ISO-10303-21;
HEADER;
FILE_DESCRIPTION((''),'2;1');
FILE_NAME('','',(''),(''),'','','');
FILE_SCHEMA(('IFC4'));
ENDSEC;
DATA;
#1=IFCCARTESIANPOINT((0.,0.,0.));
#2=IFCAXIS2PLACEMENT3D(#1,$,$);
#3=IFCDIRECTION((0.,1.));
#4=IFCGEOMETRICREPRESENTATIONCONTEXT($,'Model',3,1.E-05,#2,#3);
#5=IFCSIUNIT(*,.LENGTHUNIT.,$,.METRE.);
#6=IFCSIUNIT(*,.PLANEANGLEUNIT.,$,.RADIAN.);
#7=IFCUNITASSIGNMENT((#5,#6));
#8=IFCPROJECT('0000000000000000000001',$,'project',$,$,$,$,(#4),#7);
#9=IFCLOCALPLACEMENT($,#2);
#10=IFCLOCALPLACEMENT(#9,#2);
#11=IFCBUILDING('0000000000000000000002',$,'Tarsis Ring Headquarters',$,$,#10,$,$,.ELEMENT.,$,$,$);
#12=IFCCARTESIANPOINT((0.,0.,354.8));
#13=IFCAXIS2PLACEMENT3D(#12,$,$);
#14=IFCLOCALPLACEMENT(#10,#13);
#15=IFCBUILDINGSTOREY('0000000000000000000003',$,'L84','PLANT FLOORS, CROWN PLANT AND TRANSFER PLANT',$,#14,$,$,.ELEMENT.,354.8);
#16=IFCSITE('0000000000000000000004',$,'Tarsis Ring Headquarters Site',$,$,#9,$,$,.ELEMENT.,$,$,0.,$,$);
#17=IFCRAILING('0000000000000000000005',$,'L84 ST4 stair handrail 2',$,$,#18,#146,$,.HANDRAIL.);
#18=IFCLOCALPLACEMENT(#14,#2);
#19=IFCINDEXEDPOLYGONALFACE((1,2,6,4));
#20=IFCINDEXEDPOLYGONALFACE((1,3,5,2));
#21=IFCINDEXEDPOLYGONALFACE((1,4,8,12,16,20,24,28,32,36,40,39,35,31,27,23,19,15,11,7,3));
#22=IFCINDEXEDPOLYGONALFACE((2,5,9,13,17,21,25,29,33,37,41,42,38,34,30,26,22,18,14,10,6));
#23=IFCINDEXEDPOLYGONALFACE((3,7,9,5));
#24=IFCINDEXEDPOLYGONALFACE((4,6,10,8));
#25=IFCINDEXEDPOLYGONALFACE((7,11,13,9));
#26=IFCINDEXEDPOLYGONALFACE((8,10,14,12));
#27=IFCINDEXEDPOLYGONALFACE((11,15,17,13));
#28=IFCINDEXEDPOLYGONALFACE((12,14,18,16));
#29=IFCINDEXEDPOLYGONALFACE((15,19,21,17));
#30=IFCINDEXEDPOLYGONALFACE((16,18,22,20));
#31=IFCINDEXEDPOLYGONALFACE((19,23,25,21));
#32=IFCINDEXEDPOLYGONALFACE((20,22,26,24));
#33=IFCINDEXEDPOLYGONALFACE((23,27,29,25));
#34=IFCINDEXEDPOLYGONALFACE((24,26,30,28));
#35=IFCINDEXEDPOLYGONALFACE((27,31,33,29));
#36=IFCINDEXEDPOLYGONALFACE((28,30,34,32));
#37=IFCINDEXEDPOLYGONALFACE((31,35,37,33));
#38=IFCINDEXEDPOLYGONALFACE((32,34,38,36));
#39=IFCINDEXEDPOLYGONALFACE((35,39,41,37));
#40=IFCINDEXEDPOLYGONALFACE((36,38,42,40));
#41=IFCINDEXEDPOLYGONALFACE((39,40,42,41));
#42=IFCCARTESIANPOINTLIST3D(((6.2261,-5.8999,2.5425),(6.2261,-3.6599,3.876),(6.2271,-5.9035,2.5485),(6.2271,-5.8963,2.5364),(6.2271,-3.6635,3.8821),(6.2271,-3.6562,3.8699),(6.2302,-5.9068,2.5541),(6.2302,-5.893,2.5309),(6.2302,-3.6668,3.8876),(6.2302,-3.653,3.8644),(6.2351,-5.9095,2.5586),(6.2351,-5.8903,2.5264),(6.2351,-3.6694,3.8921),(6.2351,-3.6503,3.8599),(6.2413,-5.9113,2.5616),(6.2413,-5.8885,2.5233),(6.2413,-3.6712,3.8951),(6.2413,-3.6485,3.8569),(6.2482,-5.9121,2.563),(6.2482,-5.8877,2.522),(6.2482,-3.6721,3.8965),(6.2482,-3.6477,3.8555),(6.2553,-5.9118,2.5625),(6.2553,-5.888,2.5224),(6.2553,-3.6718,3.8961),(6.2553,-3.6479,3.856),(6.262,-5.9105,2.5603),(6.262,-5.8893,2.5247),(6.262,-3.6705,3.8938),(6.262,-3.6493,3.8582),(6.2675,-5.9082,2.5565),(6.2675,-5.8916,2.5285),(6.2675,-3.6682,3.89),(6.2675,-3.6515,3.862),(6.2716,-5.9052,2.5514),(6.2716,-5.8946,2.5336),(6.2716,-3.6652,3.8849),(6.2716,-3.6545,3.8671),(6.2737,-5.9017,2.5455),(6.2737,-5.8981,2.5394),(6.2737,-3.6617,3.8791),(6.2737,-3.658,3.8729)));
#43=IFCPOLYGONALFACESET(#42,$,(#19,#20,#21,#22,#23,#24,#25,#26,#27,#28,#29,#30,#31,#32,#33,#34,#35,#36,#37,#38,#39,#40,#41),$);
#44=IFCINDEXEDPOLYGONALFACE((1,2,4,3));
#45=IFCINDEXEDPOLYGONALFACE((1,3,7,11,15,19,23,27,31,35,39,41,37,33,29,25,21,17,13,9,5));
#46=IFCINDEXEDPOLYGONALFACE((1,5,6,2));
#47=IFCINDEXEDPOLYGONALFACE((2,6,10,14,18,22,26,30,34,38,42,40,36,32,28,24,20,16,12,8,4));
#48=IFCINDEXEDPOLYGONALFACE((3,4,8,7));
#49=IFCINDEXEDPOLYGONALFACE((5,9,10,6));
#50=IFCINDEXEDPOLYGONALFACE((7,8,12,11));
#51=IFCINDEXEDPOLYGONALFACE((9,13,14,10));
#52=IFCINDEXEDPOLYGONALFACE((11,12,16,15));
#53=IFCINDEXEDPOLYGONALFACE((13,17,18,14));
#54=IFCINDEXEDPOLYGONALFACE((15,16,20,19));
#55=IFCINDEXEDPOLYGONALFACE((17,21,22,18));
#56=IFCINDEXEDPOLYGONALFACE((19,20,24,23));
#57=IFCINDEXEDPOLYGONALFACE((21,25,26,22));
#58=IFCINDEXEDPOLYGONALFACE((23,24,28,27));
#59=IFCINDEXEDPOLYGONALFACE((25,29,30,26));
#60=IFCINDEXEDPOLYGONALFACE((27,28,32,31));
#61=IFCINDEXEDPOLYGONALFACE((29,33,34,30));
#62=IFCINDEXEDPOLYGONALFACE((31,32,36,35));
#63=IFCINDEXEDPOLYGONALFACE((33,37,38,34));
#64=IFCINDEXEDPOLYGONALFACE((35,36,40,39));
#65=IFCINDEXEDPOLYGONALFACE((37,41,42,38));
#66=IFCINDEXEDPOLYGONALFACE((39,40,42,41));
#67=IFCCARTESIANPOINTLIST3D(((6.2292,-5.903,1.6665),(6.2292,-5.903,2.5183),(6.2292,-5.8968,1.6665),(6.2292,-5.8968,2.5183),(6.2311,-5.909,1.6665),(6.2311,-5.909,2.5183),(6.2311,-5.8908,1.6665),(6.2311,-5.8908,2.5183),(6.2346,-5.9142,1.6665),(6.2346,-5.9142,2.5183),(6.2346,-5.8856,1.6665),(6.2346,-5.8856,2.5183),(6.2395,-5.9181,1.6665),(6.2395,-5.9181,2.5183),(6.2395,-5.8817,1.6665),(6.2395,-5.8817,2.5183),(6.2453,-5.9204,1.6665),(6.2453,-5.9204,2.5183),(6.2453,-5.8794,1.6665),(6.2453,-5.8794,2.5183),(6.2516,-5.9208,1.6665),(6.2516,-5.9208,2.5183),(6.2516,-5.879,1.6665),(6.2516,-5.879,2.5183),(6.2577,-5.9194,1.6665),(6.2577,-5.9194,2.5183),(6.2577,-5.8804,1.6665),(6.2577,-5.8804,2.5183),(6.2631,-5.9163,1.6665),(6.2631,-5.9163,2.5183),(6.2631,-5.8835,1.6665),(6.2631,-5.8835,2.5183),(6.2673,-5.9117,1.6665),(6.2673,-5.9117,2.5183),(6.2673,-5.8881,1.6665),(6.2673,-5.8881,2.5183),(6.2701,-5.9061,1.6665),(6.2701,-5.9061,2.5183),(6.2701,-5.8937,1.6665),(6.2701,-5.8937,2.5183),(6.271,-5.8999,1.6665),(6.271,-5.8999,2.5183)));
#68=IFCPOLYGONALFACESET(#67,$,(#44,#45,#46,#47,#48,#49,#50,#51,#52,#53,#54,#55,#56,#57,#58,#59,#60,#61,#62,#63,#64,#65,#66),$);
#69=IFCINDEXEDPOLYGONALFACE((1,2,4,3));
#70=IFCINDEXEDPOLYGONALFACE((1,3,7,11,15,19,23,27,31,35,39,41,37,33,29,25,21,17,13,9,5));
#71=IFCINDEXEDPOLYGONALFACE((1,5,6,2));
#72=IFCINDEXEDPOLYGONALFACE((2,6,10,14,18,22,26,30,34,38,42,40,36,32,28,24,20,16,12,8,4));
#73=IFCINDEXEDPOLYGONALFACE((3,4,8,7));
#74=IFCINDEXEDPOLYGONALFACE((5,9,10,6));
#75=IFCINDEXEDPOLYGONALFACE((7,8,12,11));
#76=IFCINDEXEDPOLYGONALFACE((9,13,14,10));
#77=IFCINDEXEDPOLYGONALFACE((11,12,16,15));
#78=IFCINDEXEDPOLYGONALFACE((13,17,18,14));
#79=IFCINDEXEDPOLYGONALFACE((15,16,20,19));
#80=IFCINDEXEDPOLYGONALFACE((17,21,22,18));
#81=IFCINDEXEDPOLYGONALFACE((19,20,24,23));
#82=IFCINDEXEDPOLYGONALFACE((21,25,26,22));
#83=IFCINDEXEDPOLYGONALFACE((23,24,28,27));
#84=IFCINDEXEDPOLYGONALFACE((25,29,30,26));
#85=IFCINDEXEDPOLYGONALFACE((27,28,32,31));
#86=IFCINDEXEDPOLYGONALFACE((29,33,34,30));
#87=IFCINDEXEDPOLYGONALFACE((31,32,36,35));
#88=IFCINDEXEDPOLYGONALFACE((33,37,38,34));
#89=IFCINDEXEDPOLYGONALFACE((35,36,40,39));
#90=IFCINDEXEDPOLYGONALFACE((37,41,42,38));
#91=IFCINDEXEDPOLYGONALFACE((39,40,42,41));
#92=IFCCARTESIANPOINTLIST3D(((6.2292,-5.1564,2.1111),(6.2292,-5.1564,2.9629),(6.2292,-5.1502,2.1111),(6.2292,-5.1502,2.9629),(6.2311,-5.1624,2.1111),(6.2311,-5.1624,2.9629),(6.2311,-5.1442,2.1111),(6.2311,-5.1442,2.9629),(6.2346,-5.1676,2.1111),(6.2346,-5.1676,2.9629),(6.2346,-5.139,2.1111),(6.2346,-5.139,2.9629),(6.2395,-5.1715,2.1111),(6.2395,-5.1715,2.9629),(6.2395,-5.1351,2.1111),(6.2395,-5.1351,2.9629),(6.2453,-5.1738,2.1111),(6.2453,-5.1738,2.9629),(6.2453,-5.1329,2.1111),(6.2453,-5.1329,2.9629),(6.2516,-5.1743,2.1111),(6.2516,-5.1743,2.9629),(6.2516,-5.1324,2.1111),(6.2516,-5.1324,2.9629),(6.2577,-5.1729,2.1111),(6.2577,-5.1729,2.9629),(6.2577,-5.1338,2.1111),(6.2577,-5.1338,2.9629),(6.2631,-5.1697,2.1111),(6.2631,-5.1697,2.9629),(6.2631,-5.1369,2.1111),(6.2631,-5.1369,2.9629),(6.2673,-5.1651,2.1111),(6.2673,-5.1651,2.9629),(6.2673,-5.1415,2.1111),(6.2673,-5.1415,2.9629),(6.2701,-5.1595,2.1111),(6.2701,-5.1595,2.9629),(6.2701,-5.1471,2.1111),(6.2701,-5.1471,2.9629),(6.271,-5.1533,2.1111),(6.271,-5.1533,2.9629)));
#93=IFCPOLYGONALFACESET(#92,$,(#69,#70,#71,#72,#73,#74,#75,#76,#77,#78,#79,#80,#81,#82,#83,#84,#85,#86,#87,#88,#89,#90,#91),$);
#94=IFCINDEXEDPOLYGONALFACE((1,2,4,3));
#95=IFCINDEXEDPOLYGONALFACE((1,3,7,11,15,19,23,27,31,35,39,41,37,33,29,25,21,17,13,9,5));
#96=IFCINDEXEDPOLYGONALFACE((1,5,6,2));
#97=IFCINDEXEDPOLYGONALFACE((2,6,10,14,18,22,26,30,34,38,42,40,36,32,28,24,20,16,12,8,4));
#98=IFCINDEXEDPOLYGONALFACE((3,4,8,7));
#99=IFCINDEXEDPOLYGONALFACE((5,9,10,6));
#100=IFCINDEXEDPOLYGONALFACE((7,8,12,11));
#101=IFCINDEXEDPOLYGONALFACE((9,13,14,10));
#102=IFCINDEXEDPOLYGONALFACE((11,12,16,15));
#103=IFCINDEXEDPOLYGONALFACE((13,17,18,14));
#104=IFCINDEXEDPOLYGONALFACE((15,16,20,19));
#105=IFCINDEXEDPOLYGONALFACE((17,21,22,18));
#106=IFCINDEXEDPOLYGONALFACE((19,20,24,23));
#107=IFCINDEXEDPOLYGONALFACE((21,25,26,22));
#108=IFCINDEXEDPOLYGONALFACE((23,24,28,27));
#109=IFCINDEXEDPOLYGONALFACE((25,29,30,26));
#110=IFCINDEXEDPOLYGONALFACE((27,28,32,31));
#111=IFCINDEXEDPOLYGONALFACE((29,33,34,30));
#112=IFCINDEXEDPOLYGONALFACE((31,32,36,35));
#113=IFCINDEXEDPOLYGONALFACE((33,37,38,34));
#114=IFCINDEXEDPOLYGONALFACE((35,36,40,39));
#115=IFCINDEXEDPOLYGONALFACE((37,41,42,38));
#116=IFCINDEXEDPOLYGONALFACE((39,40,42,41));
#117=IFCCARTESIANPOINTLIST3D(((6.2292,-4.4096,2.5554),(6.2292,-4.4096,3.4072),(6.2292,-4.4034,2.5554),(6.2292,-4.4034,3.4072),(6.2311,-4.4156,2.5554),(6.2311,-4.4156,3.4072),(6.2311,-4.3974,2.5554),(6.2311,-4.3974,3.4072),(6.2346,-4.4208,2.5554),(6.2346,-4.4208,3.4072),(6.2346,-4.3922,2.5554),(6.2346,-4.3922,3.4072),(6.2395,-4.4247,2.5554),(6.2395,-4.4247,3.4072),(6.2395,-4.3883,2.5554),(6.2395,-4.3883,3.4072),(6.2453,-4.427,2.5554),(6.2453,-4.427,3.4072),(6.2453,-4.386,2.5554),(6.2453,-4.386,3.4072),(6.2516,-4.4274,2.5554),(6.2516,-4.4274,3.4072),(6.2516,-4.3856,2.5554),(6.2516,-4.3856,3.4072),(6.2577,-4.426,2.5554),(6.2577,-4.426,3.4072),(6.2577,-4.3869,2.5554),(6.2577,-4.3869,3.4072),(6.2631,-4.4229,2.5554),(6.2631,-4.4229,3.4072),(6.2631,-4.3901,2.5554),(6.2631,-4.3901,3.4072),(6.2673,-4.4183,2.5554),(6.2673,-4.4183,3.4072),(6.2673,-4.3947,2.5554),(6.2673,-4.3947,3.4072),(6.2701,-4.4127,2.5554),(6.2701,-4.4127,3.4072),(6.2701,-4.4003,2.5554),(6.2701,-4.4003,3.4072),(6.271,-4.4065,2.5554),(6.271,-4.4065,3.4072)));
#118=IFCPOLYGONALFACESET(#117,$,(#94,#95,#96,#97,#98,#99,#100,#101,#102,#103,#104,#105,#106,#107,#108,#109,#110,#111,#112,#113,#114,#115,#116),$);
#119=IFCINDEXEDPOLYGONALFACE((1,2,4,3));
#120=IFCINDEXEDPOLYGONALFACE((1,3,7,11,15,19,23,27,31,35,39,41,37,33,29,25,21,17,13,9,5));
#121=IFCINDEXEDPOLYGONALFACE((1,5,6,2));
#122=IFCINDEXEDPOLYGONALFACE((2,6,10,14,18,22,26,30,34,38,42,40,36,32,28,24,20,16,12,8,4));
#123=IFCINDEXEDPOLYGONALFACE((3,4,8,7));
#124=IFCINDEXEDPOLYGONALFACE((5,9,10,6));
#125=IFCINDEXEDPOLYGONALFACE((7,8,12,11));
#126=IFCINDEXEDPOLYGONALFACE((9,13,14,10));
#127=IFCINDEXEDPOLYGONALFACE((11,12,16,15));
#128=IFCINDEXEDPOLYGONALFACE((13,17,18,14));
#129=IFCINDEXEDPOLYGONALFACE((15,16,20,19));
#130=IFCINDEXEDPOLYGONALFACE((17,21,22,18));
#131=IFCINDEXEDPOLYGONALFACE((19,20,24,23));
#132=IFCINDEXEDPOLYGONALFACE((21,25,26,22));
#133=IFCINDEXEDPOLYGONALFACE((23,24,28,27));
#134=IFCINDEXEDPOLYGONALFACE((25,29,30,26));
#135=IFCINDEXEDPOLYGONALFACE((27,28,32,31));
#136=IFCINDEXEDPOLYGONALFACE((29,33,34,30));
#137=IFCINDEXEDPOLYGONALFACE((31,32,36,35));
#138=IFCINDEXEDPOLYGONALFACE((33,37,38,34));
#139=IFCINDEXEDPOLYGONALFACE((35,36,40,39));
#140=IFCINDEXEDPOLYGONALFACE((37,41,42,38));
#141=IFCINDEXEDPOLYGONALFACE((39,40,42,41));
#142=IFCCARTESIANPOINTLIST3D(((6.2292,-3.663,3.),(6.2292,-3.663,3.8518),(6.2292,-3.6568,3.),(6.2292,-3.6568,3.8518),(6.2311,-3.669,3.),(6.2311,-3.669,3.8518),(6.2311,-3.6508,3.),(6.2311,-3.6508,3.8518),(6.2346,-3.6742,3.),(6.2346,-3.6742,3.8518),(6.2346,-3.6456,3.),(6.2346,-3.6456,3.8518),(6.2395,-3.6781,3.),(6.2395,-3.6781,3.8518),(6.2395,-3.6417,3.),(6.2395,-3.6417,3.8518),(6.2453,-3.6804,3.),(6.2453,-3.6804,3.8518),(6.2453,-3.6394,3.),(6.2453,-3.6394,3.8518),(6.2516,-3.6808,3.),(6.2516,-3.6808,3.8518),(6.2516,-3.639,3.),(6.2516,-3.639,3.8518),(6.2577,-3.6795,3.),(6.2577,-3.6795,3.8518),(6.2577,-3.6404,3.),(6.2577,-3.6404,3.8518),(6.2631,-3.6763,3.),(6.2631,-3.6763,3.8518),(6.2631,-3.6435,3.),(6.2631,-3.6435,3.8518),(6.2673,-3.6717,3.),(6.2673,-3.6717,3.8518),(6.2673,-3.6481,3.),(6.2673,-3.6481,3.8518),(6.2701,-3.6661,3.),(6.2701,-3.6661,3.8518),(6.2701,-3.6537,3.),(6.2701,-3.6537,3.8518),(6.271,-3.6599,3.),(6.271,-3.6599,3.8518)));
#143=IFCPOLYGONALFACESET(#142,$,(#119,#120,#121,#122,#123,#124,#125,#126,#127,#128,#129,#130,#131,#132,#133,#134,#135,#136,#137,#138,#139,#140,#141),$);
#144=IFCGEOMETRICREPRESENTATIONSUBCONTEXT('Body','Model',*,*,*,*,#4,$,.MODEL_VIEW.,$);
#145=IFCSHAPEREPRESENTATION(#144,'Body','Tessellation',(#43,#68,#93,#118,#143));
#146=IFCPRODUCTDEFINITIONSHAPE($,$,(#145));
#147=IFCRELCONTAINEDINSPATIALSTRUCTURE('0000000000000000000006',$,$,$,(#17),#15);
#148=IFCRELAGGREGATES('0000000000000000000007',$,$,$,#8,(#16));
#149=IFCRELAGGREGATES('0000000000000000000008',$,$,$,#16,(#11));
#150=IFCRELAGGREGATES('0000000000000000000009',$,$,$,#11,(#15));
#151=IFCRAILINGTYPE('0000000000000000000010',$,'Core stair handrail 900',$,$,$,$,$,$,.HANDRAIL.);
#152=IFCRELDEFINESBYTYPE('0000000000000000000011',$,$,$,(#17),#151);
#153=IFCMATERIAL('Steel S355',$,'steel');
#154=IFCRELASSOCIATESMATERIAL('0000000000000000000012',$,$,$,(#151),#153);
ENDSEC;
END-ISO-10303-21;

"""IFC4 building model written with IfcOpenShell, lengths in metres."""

from ifc_helpers import new_model, si_unit, direction, frame, origin, origin_2d, place, context, subcontext, project, spatial, circle, extrude, material, type_object, element, save


model = new_model("IFC4")

# Units and contexts
model_context = context("Model", 3, precision=1e-05, world=origin(), true_north=direction((0.0, 1.0)))
body_context = subcontext(model_context, "Body", "Model", "MODEL_VIEW")
ifc_project = project(units=[si_unit("LENGTHUNIT", "METRE"), si_unit("PLANEANGLEUNIT", "RADIAN")], contexts=[model_context])

# Site, building, storey
site_placement = place(None, origin())
site = spatial("IfcSite", under=ifc_project, at=site_placement, Name="Tarsis Ring Headquarters Site", CompositionType="ELEMENT", RefElevation=0.0)
building_placement = place(site_placement, origin())
building = spatial("IfcBuilding", under=site, at=building_placement, Name="Tarsis Ring Headquarters", CompositionType="ELEMENT")
storey_placement = place(building_placement, frame((0.0, 0.0, 354.8)))
storey = spatial("IfcBuildingStorey", under=building, at=storey_placement, Name="L84", Description="PLANT FLOORS, CROWN PLANT AND TRANSFER PLANT", CompositionType="ELEMENT", Elevation=354.8)

# Railing
ifc_material_1 = material(Name="Steel S355", Category="steel")
railing_type_1 = type_object("IfcRailingType", Name="Core stair handrail 900", PredefinedType="HANDRAIL", material=ifc_material_1)
railing_1_placement = place(storey_placement, frame((6.25, -5.8999, 1.6665)))
element("IfcRailing", 1, at=railing_1_placement, inside=storey, type_object=railing_type_1, Name="L84 ST4 stair handrail 2", PredefinedType="HANDRAIL", context=body_context, shape_type="SweptSolid", body=[
    extrude(circle(Radius=0.0239, at=origin_2d()), frame((0.0, 0.0, 0.876), z_axis=(0.0, 0.859264, 0.511532), x_axis=(-1.0, 0.0, 0.0)), (0.0, 0.0, 1.0), 2.6069),
    extrude(circle(Radius=0.021, at=origin_2d()), origin(), (0.0, 0.0, 1.0), 0.8518),
    extrude(circle(Radius=0.021, at=origin_2d()), frame((0.0, 0.7466, 0.4446)), (0.0, 0.0, 1.0), 0.8518),
    extrude(circle(Radius=0.021, at=origin_2d()), frame((0.0, 1.4934, 0.8889)), (0.0, 0.0, 1.0), 0.8518),
    extrude(circle(Radius=0.021, at=origin_2d()), frame((0.0, 2.24, 1.3335)), (0.0, 0.0, 1.0), 0.8518),
])

save(model, "model.ifc")
